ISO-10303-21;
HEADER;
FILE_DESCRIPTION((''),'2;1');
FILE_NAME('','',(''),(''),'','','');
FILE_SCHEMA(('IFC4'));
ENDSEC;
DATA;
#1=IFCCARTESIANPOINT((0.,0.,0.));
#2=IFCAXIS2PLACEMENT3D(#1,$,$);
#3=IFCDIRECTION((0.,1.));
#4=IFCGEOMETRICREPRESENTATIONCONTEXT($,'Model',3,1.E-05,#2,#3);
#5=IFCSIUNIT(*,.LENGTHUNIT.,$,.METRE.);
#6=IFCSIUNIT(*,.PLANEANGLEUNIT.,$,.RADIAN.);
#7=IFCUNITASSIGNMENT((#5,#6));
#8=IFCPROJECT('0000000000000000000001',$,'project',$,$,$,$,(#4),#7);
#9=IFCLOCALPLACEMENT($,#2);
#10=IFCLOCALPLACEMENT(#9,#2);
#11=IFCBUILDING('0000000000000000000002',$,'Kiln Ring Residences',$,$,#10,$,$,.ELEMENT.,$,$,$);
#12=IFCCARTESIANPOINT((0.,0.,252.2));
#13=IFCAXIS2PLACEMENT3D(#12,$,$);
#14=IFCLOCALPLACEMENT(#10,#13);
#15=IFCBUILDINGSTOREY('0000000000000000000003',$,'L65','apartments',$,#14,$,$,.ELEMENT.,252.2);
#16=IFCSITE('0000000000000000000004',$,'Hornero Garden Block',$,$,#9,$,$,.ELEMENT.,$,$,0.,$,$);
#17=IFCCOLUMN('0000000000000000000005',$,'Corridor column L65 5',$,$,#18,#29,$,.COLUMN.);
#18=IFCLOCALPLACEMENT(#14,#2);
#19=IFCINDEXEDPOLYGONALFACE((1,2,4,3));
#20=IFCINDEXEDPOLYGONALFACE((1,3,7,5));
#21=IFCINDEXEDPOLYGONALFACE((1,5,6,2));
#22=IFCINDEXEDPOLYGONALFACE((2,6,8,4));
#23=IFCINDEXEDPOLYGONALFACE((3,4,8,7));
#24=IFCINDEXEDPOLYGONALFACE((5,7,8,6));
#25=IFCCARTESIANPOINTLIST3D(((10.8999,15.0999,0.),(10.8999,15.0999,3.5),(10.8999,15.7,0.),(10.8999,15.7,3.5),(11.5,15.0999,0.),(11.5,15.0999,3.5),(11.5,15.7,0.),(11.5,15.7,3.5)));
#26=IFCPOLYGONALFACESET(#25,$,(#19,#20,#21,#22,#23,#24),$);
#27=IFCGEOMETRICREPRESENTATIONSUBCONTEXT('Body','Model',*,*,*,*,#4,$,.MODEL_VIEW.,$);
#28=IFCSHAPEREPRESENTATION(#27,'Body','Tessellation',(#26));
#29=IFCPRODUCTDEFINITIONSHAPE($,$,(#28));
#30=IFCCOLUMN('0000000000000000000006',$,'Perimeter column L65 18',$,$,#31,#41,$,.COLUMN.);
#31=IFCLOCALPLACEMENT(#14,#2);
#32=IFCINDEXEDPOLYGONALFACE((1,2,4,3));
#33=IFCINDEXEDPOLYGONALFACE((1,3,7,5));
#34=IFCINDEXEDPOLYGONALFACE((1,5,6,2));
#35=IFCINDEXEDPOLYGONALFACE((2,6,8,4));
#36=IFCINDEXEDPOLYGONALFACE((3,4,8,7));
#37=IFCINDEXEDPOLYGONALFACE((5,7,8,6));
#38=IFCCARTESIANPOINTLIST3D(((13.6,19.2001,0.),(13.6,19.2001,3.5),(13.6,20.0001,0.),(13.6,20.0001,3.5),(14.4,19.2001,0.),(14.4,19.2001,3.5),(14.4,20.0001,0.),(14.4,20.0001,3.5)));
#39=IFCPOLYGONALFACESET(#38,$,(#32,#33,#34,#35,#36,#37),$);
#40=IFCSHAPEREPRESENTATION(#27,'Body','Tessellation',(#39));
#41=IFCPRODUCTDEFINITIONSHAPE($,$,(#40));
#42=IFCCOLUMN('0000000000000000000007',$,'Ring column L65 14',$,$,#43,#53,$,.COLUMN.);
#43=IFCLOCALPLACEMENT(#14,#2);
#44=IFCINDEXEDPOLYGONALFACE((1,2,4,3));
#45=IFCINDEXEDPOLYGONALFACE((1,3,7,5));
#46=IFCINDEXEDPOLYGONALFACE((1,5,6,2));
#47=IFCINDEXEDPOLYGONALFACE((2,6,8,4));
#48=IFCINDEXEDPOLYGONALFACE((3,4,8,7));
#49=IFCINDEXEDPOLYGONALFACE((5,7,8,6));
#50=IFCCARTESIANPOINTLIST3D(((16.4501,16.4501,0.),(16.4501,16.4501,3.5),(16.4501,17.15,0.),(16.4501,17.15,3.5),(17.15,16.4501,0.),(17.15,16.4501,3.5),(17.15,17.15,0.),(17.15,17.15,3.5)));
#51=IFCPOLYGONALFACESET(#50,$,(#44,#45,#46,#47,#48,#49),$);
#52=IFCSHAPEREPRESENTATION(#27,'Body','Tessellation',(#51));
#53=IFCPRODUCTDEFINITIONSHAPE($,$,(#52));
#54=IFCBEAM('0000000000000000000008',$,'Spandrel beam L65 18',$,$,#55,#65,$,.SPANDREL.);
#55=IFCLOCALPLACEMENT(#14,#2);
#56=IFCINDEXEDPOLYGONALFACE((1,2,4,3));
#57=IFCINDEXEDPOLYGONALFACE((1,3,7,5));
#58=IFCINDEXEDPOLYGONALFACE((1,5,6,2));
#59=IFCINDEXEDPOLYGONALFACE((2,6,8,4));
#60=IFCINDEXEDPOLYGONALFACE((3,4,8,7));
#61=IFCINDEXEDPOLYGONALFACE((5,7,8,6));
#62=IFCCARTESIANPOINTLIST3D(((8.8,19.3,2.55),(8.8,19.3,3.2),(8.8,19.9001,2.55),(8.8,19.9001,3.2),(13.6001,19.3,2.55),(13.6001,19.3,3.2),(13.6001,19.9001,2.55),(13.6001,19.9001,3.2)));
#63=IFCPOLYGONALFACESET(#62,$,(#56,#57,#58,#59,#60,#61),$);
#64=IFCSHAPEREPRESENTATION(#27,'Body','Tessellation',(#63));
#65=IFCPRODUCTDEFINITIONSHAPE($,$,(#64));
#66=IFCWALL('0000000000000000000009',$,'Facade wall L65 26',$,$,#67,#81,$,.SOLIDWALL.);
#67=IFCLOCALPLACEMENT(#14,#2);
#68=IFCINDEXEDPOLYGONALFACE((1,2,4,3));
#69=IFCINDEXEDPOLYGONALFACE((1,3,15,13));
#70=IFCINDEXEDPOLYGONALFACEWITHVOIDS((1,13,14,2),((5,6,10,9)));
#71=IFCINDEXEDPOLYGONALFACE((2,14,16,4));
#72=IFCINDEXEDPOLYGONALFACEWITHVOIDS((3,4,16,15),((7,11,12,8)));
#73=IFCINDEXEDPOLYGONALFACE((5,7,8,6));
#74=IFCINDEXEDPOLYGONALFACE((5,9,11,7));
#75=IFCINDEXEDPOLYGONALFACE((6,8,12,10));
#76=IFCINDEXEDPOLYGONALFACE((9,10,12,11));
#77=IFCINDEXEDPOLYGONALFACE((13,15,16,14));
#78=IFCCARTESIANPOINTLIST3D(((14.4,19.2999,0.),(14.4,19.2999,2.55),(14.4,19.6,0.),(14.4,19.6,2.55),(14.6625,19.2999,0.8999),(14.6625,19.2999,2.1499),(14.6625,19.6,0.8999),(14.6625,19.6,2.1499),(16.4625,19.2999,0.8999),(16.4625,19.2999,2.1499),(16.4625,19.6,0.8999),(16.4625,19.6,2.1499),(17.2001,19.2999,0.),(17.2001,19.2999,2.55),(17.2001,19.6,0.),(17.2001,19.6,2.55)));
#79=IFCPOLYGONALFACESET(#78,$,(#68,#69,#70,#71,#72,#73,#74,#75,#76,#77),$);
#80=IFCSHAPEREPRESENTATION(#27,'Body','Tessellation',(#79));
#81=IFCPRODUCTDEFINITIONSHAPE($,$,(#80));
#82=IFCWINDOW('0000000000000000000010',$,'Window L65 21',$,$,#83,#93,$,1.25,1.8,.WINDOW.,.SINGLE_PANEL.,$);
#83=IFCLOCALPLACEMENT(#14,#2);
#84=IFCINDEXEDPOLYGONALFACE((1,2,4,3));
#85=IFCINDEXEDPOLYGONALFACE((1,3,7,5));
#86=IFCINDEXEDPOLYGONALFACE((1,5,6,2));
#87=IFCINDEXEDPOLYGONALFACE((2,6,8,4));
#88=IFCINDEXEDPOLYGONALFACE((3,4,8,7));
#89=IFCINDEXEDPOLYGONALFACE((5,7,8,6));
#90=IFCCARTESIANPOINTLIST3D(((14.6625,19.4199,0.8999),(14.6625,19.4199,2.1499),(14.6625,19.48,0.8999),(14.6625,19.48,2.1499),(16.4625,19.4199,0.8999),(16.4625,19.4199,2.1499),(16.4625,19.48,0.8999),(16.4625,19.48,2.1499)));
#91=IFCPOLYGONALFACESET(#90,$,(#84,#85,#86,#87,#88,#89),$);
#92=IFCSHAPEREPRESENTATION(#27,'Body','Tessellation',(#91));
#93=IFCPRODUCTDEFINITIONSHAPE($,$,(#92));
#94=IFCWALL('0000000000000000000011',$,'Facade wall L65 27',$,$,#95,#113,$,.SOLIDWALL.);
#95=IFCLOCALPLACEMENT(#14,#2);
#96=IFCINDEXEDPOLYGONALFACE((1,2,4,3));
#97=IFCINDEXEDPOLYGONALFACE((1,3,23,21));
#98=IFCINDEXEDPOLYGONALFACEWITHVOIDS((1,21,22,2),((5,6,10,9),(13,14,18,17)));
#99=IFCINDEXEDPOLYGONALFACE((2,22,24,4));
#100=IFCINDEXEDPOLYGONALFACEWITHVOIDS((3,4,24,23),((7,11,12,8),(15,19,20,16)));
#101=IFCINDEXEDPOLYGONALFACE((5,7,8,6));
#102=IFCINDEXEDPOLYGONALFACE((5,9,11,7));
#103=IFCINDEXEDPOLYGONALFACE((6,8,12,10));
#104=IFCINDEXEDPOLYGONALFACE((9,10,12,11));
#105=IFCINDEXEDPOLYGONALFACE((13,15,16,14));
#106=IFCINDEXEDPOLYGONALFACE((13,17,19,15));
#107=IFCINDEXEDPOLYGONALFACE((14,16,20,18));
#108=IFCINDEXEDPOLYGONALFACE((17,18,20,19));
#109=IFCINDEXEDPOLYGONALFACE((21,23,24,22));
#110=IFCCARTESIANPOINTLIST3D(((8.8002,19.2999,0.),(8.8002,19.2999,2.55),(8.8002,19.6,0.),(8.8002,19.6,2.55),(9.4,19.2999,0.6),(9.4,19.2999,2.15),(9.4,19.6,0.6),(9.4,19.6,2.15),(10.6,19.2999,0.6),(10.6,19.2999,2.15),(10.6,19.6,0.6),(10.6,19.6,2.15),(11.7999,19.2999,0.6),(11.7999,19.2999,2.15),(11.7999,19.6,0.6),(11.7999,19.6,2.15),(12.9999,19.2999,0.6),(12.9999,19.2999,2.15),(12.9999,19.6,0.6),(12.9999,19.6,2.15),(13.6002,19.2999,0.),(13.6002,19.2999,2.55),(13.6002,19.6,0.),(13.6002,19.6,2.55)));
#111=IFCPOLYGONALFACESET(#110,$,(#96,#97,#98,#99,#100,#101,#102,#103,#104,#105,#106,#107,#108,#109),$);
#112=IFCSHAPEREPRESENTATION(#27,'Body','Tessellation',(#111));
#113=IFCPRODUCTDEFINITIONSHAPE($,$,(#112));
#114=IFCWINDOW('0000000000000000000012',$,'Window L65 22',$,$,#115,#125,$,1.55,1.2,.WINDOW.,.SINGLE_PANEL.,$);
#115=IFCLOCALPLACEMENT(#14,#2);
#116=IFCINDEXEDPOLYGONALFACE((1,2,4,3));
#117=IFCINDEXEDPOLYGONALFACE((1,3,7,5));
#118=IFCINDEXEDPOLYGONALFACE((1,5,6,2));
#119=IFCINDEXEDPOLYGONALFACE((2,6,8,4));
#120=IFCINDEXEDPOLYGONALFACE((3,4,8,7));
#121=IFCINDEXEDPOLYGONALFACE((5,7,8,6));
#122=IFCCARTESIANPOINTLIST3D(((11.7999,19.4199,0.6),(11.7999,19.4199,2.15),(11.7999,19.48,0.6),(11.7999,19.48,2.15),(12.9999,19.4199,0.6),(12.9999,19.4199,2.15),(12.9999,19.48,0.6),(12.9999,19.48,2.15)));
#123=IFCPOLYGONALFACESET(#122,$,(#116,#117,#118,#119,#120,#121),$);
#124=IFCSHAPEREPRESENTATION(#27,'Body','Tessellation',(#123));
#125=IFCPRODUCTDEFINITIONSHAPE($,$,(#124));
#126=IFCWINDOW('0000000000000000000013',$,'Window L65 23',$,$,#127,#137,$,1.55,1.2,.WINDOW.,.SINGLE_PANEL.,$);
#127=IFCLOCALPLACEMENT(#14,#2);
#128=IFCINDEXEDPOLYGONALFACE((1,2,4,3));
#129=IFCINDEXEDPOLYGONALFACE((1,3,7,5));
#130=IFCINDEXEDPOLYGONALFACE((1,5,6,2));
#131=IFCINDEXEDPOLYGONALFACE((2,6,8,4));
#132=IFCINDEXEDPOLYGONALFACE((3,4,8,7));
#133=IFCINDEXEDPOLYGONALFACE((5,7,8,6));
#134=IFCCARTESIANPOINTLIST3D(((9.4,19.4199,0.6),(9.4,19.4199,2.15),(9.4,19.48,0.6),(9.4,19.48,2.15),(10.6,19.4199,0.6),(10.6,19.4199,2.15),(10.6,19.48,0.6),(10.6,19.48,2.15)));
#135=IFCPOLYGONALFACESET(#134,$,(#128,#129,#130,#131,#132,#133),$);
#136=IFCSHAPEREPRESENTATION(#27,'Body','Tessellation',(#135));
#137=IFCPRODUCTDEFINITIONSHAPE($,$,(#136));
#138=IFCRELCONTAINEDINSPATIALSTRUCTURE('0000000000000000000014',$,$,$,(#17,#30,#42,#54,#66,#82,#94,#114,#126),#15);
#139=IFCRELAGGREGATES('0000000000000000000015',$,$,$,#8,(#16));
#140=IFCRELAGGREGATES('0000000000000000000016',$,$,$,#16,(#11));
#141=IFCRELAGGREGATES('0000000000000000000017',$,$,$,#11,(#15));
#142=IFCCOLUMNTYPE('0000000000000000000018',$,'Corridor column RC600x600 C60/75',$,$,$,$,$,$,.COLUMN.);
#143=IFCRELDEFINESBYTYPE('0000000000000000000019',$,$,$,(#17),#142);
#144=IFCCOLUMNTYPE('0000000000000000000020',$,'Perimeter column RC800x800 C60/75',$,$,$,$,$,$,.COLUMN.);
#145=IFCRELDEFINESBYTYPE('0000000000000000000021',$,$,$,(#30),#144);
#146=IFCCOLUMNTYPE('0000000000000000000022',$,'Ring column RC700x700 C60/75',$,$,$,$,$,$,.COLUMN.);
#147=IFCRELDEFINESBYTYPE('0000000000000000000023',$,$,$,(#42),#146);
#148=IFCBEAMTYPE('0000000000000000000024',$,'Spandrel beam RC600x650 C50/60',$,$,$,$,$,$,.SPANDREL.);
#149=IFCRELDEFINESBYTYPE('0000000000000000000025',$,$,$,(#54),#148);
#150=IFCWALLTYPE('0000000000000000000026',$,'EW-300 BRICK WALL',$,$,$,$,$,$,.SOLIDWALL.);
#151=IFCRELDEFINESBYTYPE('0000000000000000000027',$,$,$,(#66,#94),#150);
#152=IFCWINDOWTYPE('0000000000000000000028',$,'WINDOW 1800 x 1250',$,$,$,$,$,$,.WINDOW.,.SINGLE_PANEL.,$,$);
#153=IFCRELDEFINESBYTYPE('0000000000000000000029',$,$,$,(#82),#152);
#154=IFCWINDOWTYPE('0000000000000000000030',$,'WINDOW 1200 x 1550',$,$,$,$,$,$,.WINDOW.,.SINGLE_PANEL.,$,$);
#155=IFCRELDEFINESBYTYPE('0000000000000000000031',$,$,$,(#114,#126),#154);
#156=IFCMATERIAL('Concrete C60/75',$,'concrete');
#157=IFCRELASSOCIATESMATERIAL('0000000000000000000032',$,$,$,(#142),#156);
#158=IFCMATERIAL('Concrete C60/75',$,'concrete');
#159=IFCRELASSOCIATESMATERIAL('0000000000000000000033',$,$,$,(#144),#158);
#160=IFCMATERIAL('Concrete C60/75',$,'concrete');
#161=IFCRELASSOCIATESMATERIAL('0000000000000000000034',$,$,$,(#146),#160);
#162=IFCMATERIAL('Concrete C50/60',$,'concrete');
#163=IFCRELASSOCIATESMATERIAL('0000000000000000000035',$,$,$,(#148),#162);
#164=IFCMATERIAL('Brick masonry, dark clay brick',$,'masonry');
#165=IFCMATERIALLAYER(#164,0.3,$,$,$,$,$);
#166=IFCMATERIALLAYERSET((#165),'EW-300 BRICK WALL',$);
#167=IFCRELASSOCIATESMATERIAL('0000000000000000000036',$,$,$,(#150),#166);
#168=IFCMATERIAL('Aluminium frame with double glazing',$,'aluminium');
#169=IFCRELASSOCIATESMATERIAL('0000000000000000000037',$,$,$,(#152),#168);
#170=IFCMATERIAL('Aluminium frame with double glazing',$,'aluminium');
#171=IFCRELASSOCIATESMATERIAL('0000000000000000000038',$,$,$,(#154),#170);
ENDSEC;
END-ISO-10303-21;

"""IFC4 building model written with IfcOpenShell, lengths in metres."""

from ifc_helpers import new_model, si_unit, direction, frame, frame_2d, origin, origin_2d, place, context, subcontext, project, spatial, rectangle, extrude, material, layer, layer_set, material_profile, profile_set, type_object, element, fill, save


model = new_model("IFC4")

# Units and contexts
model_context = context("Model", 3, precision=1e-05, world=origin(), true_north=direction((0.0, 1.0)))
body_context = subcontext(model_context, "Body", "Model", "MODEL_VIEW")
ifc_project = project(units=[si_unit("LENGTHUNIT", "METRE"), si_unit("PLANEANGLEUNIT", "RADIAN")], contexts=[model_context])

# Site, building, storey
site_placement = place(None, origin())
site = spatial("IfcSite", under=ifc_project, at=site_placement, Name="Hornero Garden Block", CompositionType="ELEMENT", RefElevation=0.0)
building_placement = place(site_placement, origin())
building = spatial("IfcBuilding", under=site, at=building_placement, Name="Kiln Ring Residences", CompositionType="ELEMENT")
storey_placement = place(building_placement, frame((0.0, 0.0, 252.2)))
storey = spatial("IfcBuildingStorey", under=building, at=storey_placement, Name="L65", Description="apartments", CompositionType="ELEMENT", Elevation=252.2)

# Columns
ifc_material_1 = material(Name="Concrete C60/75", Category="concrete")
ifc_material_profile_1 = material_profile(ifc_material_1, rectangle(XDim=0.6001, YDim=0.6001, at=origin_2d()), Name="RC600x600")
ifc_profile_set_1 = profile_set([ifc_material_profile_1], Name="Concrete C60/75")
column_type_1 = type_object("IfcColumnType", Name="Corridor column RC600x600 C60/75", PredefinedType="COLUMN", material=ifc_profile_set_1)
column_1_placement = place(storey_placement, frame((11.2, 15.3999, 0.0), z_axis=(0.0, 0.0, 1.0), x_axis=(1.0, 0.0, 0.0)))
element("IfcColumn", 1, at=column_1_placement, inside=storey, type_object=column_type_1, Name="Corridor column L65 5", PredefinedType="COLUMN", context=body_context, shape_type="SweptSolid", body=[
    extrude(rectangle(XDim=0.6001, YDim=0.6001, at=origin_2d()), origin(), (0.0, 0.0, 1.0), 3.5),
])
ifc_material_2 = material(Name="Concrete C60/75", Category="concrete")
ifc_material_profile_2 = material_profile(ifc_material_2, rectangle(XDim=0.8, YDim=0.8, at=origin_2d()), Name="RC800x800")
ifc_profile_set_2 = profile_set([ifc_material_profile_2], Name="Concrete C60/75")
column_type_2 = type_object("IfcColumnType", Name="Perimeter column RC800x800 C60/75", PredefinedType="COLUMN", material=ifc_profile_set_2)
column_2_placement = place(storey_placement, frame((14.0, 19.6001, 0.0), z_axis=(0.0, 0.0, 1.0), x_axis=(1.0, 0.0, 0.0)))
element("IfcColumn", 2, at=column_2_placement, inside=storey, type_object=column_type_2, Name="Perimeter column L65 18", PredefinedType="COLUMN", context=body_context, shape_type="SweptSolid", body=[
    extrude(rectangle(XDim=0.8, YDim=0.8, at=origin_2d()), origin(), (0.0, 0.0, 1.0), 3.5),
])
ifc_material_3 = material(Name="Concrete C60/75", Category="concrete")
ifc_material_profile_3 = material_profile(ifc_material_3, rectangle(XDim=0.7, YDim=0.7, at=origin_2d()), Name="RC700x700")
ifc_profile_set_3 = profile_set([ifc_material_profile_3], Name="Concrete C60/75")
column_type_3 = type_object("IfcColumnType", Name="Ring column RC700x700 C60/75", PredefinedType="COLUMN", material=ifc_profile_set_3)
column_3_placement = place(storey_placement, frame((16.8, 16.8, 0.0), z_axis=(0.0, 0.0, 1.0), x_axis=(1.0, 0.0, 0.0)))
element("IfcColumn", 3, at=column_3_placement, inside=storey, type_object=column_type_3, Name="Ring column L65 14", PredefinedType="COLUMN", context=body_context, shape_type="SweptSolid", body=[
    extrude(rectangle(XDim=0.7, YDim=0.7, at=origin_2d()), origin(), (0.0, 0.0, 1.0), 3.5),
])

# Beam
ifc_material_4 = material(Name="Concrete C50/60", Category="concrete")
ifc_material_profile_4 = material_profile(ifc_material_4, rectangle(XDim=0.6001, YDim=0.6499, at=origin_2d()), Name="RC600x650")
ifc_profile_set_4 = profile_set([ifc_material_profile_4], Name="Concrete C50/60")
beam_type = type_object("IfcBeamType", Name="Spandrel beam RC600x650 C50/60", PredefinedType="SPANDREL", material=ifc_profile_set_4)
beam_placement = place(storey_placement, frame((13.6001, 19.6001, 2.875), z_axis=(-1.0, 0.0, 0.0), x_axis=(0.0, -1.0, 0.0)))
element("IfcBeam", 4, at=beam_placement, inside=storey, type_object=beam_type, Name="Spandrel beam L65 18", PredefinedType="SPANDREL", context=body_context, shape_type="SweptSolid", body=[
    extrude(rectangle(XDim=0.6001, YDim=0.6499, at=origin_2d()), origin(), (0.0, 0.0, 1.0), 4.8),
])

# Wall, opening, window
ifc_material_5 = material(Name="Brick masonry, dark clay brick", Category="masonry")
ifc_layer_1 = layer(ifc_material_5, 0.3)
ifc_layer_set_1 = layer_set([ifc_layer_1], Name="EW-300 BRICK WALL")
wall_type_1 = type_object("IfcWallType", Name="EW-300 BRICK WALL", PredefinedType="SOLIDWALL", material=ifc_layer_set_1)
wall_1_placement = place(storey_placement, frame((17.2, 19.45, 0.0), z_axis=(0.0, 0.0, 1.0), x_axis=(-1.0, 0.0, 0.0)))
wall_1 = element("IfcWall", 5, at=wall_1_placement, inside=storey, type_object=wall_type_1, Name="Facade wall L65 26", PredefinedType="SOLIDWALL", context=body_context, shape_type="SweptSolid", body=[
    extrude(rectangle(XDim=2.8, YDim=0.3, at=frame_2d((1.3999, 0.0))), origin(), (0.0, 0.0, 1.0), 2.55),
])
opening_1_placement = place(wall_1_placement, frame((0.7375, 0.0, 0.8999)))
opening_1 = element("IfcOpeningElement", 6, at=opening_1_placement, cuts=wall_1, PredefinedType="OPENING", context=body_context, shape_type="SweptSolid", body=[
    extrude(rectangle(XDim=1.8, YDim=1.25, at=frame_2d((0.8999, 0.625))), frame((0.0, 0.1599, 0.0), z_axis=(0.0, -1.0, 0.0), x_axis=(1.0, 0.0, 0.0)), (0.0, 0.0, 1.0), 0.3201),
])
ifc_material_6 = material(Name="Aluminium frame with double glazing", Category="aluminium")
window_type_1 = type_object("IfcWindowType", Name="WINDOW 1800 x 1250", PartitioningType="SINGLE_PANEL", PredefinedType="WINDOW", material=ifc_material_6)
window_1_placement = place(opening_1_placement, origin())
window_1 = element("IfcWindow", 7, at=window_1_placement, inside=storey, type_object=window_type_1, Name="Window L65 21", OverallHeight=1.25, OverallWidth=1.8, PartitioningType="SINGLE_PANEL", PredefinedType="WINDOW", context=body_context, shape_type="SweptSolid", body=[
    extrude(rectangle(XDim=1.8, YDim=1.25, at=frame_2d((0.8999, 0.625))), frame((0.0, 0.03, 0.0), z_axis=(0.0, -1.0, 0.0), x_axis=(1.0, 0.0, 0.0)), (0.0, 0.0, 1.0), 0.0601),
])
fill(opening_1, window_1)

# Wall, openings, windows
wall_2_placement = place(storey_placement, frame((13.6001, 19.45, 0.0), z_axis=(0.0, 0.0, 1.0), x_axis=(-1.0, 0.0, 0.0)))
wall_2 = element("IfcWall", 8, at=wall_2_placement, inside=storey, type_object=wall_type_1, Name="Facade wall L65 27", PredefinedType="SOLIDWALL", context=body_context, shape_type="SweptSolid", body=[
    extrude(rectangle(XDim=4.8, YDim=0.3, at=frame_2d((2.3999, 0.0))), origin(), (0.0, 0.0, 1.0), 2.55),
])
opening_2_placement = place(wall_2_placement, frame((0.6001, 0.0, 0.6001)))
opening_2 = element("IfcOpeningElement", 9, at=opening_2_placement, cuts=wall_2, PredefinedType="OPENING", context=body_context, shape_type="SweptSolid", body=[
    extrude(rectangle(XDim=1.2, YDim=1.55, at=frame_2d((0.6001, 0.7749))), frame((0.0, 0.1599, 0.0), z_axis=(0.0, -1.0, 0.0), x_axis=(1.0, 0.0, 0.0)), (0.0, 0.0, 1.0), 0.3201),
])
opening_3_placement = place(wall_2_placement, frame((3.0, 0.0, 0.6001)))
opening_3 = element("IfcOpeningElement", 10, at=opening_3_placement, cuts=wall_2, PredefinedType="OPENING", context=body_context, shape_type="SweptSolid", body=[
    extrude(rectangle(XDim=1.2, YDim=1.55, at=frame_2d((0.6001, 0.7749))), frame((0.0, 0.1599, 0.0), z_axis=(0.0, -1.0, 0.0), x_axis=(1.0, 0.0, 0.0)), (0.0, 0.0, 1.0), 0.3201),
])
ifc_material_7 = material(Name="Aluminium frame with double glazing", Category="aluminium")
window_type_2 = type_object("IfcWindowType", Name="WINDOW 1200 x 1550", PartitioningType="SINGLE_PANEL", PredefinedType="WINDOW", material=ifc_material_7)
window_2_placement = place(opening_2_placement, origin())
window_2 = element("IfcWindow", 11, at=window_2_placement, inside=storey, type_object=window_type_2, Name="Window L65 22", OverallHeight=1.55, OverallWidth=1.2, PartitioningType="SINGLE_PANEL", PredefinedType="WINDOW", context=body_context, shape_type="SweptSolid", body=[
    extrude(rectangle(XDim=1.2, YDim=1.55, at=frame_2d((0.6001, 0.7749))), frame((0.0, 0.03, 0.0), z_axis=(0.0, -1.0, 0.0), x_axis=(1.0, 0.0, 0.0)), (0.0, 0.0, 1.0), 0.0601),
])
fill(opening_2, window_2)
window_3_placement = place(opening_3_placement, origin())
window_3 = element("IfcWindow", 12, at=window_3_placement, inside=storey, type_object=window_type_2, Name="Window L65 23", OverallHeight=1.55, OverallWidth=1.2, PartitioningType="SINGLE_PANEL", PredefinedType="WINDOW", context=body_context, shape_type="SweptSolid", body=[
    extrude(rectangle(XDim=1.2, YDim=1.55, at=frame_2d((0.6001, 0.7749))), frame((0.0, 0.03, 0.0), z_axis=(0.0, -1.0, 0.0), x_axis=(1.0, 0.0, 0.0)), (0.0, 0.0, 1.0), 0.0601),
])
fill(opening_3, window_3)

save(model, "model.ifc")
